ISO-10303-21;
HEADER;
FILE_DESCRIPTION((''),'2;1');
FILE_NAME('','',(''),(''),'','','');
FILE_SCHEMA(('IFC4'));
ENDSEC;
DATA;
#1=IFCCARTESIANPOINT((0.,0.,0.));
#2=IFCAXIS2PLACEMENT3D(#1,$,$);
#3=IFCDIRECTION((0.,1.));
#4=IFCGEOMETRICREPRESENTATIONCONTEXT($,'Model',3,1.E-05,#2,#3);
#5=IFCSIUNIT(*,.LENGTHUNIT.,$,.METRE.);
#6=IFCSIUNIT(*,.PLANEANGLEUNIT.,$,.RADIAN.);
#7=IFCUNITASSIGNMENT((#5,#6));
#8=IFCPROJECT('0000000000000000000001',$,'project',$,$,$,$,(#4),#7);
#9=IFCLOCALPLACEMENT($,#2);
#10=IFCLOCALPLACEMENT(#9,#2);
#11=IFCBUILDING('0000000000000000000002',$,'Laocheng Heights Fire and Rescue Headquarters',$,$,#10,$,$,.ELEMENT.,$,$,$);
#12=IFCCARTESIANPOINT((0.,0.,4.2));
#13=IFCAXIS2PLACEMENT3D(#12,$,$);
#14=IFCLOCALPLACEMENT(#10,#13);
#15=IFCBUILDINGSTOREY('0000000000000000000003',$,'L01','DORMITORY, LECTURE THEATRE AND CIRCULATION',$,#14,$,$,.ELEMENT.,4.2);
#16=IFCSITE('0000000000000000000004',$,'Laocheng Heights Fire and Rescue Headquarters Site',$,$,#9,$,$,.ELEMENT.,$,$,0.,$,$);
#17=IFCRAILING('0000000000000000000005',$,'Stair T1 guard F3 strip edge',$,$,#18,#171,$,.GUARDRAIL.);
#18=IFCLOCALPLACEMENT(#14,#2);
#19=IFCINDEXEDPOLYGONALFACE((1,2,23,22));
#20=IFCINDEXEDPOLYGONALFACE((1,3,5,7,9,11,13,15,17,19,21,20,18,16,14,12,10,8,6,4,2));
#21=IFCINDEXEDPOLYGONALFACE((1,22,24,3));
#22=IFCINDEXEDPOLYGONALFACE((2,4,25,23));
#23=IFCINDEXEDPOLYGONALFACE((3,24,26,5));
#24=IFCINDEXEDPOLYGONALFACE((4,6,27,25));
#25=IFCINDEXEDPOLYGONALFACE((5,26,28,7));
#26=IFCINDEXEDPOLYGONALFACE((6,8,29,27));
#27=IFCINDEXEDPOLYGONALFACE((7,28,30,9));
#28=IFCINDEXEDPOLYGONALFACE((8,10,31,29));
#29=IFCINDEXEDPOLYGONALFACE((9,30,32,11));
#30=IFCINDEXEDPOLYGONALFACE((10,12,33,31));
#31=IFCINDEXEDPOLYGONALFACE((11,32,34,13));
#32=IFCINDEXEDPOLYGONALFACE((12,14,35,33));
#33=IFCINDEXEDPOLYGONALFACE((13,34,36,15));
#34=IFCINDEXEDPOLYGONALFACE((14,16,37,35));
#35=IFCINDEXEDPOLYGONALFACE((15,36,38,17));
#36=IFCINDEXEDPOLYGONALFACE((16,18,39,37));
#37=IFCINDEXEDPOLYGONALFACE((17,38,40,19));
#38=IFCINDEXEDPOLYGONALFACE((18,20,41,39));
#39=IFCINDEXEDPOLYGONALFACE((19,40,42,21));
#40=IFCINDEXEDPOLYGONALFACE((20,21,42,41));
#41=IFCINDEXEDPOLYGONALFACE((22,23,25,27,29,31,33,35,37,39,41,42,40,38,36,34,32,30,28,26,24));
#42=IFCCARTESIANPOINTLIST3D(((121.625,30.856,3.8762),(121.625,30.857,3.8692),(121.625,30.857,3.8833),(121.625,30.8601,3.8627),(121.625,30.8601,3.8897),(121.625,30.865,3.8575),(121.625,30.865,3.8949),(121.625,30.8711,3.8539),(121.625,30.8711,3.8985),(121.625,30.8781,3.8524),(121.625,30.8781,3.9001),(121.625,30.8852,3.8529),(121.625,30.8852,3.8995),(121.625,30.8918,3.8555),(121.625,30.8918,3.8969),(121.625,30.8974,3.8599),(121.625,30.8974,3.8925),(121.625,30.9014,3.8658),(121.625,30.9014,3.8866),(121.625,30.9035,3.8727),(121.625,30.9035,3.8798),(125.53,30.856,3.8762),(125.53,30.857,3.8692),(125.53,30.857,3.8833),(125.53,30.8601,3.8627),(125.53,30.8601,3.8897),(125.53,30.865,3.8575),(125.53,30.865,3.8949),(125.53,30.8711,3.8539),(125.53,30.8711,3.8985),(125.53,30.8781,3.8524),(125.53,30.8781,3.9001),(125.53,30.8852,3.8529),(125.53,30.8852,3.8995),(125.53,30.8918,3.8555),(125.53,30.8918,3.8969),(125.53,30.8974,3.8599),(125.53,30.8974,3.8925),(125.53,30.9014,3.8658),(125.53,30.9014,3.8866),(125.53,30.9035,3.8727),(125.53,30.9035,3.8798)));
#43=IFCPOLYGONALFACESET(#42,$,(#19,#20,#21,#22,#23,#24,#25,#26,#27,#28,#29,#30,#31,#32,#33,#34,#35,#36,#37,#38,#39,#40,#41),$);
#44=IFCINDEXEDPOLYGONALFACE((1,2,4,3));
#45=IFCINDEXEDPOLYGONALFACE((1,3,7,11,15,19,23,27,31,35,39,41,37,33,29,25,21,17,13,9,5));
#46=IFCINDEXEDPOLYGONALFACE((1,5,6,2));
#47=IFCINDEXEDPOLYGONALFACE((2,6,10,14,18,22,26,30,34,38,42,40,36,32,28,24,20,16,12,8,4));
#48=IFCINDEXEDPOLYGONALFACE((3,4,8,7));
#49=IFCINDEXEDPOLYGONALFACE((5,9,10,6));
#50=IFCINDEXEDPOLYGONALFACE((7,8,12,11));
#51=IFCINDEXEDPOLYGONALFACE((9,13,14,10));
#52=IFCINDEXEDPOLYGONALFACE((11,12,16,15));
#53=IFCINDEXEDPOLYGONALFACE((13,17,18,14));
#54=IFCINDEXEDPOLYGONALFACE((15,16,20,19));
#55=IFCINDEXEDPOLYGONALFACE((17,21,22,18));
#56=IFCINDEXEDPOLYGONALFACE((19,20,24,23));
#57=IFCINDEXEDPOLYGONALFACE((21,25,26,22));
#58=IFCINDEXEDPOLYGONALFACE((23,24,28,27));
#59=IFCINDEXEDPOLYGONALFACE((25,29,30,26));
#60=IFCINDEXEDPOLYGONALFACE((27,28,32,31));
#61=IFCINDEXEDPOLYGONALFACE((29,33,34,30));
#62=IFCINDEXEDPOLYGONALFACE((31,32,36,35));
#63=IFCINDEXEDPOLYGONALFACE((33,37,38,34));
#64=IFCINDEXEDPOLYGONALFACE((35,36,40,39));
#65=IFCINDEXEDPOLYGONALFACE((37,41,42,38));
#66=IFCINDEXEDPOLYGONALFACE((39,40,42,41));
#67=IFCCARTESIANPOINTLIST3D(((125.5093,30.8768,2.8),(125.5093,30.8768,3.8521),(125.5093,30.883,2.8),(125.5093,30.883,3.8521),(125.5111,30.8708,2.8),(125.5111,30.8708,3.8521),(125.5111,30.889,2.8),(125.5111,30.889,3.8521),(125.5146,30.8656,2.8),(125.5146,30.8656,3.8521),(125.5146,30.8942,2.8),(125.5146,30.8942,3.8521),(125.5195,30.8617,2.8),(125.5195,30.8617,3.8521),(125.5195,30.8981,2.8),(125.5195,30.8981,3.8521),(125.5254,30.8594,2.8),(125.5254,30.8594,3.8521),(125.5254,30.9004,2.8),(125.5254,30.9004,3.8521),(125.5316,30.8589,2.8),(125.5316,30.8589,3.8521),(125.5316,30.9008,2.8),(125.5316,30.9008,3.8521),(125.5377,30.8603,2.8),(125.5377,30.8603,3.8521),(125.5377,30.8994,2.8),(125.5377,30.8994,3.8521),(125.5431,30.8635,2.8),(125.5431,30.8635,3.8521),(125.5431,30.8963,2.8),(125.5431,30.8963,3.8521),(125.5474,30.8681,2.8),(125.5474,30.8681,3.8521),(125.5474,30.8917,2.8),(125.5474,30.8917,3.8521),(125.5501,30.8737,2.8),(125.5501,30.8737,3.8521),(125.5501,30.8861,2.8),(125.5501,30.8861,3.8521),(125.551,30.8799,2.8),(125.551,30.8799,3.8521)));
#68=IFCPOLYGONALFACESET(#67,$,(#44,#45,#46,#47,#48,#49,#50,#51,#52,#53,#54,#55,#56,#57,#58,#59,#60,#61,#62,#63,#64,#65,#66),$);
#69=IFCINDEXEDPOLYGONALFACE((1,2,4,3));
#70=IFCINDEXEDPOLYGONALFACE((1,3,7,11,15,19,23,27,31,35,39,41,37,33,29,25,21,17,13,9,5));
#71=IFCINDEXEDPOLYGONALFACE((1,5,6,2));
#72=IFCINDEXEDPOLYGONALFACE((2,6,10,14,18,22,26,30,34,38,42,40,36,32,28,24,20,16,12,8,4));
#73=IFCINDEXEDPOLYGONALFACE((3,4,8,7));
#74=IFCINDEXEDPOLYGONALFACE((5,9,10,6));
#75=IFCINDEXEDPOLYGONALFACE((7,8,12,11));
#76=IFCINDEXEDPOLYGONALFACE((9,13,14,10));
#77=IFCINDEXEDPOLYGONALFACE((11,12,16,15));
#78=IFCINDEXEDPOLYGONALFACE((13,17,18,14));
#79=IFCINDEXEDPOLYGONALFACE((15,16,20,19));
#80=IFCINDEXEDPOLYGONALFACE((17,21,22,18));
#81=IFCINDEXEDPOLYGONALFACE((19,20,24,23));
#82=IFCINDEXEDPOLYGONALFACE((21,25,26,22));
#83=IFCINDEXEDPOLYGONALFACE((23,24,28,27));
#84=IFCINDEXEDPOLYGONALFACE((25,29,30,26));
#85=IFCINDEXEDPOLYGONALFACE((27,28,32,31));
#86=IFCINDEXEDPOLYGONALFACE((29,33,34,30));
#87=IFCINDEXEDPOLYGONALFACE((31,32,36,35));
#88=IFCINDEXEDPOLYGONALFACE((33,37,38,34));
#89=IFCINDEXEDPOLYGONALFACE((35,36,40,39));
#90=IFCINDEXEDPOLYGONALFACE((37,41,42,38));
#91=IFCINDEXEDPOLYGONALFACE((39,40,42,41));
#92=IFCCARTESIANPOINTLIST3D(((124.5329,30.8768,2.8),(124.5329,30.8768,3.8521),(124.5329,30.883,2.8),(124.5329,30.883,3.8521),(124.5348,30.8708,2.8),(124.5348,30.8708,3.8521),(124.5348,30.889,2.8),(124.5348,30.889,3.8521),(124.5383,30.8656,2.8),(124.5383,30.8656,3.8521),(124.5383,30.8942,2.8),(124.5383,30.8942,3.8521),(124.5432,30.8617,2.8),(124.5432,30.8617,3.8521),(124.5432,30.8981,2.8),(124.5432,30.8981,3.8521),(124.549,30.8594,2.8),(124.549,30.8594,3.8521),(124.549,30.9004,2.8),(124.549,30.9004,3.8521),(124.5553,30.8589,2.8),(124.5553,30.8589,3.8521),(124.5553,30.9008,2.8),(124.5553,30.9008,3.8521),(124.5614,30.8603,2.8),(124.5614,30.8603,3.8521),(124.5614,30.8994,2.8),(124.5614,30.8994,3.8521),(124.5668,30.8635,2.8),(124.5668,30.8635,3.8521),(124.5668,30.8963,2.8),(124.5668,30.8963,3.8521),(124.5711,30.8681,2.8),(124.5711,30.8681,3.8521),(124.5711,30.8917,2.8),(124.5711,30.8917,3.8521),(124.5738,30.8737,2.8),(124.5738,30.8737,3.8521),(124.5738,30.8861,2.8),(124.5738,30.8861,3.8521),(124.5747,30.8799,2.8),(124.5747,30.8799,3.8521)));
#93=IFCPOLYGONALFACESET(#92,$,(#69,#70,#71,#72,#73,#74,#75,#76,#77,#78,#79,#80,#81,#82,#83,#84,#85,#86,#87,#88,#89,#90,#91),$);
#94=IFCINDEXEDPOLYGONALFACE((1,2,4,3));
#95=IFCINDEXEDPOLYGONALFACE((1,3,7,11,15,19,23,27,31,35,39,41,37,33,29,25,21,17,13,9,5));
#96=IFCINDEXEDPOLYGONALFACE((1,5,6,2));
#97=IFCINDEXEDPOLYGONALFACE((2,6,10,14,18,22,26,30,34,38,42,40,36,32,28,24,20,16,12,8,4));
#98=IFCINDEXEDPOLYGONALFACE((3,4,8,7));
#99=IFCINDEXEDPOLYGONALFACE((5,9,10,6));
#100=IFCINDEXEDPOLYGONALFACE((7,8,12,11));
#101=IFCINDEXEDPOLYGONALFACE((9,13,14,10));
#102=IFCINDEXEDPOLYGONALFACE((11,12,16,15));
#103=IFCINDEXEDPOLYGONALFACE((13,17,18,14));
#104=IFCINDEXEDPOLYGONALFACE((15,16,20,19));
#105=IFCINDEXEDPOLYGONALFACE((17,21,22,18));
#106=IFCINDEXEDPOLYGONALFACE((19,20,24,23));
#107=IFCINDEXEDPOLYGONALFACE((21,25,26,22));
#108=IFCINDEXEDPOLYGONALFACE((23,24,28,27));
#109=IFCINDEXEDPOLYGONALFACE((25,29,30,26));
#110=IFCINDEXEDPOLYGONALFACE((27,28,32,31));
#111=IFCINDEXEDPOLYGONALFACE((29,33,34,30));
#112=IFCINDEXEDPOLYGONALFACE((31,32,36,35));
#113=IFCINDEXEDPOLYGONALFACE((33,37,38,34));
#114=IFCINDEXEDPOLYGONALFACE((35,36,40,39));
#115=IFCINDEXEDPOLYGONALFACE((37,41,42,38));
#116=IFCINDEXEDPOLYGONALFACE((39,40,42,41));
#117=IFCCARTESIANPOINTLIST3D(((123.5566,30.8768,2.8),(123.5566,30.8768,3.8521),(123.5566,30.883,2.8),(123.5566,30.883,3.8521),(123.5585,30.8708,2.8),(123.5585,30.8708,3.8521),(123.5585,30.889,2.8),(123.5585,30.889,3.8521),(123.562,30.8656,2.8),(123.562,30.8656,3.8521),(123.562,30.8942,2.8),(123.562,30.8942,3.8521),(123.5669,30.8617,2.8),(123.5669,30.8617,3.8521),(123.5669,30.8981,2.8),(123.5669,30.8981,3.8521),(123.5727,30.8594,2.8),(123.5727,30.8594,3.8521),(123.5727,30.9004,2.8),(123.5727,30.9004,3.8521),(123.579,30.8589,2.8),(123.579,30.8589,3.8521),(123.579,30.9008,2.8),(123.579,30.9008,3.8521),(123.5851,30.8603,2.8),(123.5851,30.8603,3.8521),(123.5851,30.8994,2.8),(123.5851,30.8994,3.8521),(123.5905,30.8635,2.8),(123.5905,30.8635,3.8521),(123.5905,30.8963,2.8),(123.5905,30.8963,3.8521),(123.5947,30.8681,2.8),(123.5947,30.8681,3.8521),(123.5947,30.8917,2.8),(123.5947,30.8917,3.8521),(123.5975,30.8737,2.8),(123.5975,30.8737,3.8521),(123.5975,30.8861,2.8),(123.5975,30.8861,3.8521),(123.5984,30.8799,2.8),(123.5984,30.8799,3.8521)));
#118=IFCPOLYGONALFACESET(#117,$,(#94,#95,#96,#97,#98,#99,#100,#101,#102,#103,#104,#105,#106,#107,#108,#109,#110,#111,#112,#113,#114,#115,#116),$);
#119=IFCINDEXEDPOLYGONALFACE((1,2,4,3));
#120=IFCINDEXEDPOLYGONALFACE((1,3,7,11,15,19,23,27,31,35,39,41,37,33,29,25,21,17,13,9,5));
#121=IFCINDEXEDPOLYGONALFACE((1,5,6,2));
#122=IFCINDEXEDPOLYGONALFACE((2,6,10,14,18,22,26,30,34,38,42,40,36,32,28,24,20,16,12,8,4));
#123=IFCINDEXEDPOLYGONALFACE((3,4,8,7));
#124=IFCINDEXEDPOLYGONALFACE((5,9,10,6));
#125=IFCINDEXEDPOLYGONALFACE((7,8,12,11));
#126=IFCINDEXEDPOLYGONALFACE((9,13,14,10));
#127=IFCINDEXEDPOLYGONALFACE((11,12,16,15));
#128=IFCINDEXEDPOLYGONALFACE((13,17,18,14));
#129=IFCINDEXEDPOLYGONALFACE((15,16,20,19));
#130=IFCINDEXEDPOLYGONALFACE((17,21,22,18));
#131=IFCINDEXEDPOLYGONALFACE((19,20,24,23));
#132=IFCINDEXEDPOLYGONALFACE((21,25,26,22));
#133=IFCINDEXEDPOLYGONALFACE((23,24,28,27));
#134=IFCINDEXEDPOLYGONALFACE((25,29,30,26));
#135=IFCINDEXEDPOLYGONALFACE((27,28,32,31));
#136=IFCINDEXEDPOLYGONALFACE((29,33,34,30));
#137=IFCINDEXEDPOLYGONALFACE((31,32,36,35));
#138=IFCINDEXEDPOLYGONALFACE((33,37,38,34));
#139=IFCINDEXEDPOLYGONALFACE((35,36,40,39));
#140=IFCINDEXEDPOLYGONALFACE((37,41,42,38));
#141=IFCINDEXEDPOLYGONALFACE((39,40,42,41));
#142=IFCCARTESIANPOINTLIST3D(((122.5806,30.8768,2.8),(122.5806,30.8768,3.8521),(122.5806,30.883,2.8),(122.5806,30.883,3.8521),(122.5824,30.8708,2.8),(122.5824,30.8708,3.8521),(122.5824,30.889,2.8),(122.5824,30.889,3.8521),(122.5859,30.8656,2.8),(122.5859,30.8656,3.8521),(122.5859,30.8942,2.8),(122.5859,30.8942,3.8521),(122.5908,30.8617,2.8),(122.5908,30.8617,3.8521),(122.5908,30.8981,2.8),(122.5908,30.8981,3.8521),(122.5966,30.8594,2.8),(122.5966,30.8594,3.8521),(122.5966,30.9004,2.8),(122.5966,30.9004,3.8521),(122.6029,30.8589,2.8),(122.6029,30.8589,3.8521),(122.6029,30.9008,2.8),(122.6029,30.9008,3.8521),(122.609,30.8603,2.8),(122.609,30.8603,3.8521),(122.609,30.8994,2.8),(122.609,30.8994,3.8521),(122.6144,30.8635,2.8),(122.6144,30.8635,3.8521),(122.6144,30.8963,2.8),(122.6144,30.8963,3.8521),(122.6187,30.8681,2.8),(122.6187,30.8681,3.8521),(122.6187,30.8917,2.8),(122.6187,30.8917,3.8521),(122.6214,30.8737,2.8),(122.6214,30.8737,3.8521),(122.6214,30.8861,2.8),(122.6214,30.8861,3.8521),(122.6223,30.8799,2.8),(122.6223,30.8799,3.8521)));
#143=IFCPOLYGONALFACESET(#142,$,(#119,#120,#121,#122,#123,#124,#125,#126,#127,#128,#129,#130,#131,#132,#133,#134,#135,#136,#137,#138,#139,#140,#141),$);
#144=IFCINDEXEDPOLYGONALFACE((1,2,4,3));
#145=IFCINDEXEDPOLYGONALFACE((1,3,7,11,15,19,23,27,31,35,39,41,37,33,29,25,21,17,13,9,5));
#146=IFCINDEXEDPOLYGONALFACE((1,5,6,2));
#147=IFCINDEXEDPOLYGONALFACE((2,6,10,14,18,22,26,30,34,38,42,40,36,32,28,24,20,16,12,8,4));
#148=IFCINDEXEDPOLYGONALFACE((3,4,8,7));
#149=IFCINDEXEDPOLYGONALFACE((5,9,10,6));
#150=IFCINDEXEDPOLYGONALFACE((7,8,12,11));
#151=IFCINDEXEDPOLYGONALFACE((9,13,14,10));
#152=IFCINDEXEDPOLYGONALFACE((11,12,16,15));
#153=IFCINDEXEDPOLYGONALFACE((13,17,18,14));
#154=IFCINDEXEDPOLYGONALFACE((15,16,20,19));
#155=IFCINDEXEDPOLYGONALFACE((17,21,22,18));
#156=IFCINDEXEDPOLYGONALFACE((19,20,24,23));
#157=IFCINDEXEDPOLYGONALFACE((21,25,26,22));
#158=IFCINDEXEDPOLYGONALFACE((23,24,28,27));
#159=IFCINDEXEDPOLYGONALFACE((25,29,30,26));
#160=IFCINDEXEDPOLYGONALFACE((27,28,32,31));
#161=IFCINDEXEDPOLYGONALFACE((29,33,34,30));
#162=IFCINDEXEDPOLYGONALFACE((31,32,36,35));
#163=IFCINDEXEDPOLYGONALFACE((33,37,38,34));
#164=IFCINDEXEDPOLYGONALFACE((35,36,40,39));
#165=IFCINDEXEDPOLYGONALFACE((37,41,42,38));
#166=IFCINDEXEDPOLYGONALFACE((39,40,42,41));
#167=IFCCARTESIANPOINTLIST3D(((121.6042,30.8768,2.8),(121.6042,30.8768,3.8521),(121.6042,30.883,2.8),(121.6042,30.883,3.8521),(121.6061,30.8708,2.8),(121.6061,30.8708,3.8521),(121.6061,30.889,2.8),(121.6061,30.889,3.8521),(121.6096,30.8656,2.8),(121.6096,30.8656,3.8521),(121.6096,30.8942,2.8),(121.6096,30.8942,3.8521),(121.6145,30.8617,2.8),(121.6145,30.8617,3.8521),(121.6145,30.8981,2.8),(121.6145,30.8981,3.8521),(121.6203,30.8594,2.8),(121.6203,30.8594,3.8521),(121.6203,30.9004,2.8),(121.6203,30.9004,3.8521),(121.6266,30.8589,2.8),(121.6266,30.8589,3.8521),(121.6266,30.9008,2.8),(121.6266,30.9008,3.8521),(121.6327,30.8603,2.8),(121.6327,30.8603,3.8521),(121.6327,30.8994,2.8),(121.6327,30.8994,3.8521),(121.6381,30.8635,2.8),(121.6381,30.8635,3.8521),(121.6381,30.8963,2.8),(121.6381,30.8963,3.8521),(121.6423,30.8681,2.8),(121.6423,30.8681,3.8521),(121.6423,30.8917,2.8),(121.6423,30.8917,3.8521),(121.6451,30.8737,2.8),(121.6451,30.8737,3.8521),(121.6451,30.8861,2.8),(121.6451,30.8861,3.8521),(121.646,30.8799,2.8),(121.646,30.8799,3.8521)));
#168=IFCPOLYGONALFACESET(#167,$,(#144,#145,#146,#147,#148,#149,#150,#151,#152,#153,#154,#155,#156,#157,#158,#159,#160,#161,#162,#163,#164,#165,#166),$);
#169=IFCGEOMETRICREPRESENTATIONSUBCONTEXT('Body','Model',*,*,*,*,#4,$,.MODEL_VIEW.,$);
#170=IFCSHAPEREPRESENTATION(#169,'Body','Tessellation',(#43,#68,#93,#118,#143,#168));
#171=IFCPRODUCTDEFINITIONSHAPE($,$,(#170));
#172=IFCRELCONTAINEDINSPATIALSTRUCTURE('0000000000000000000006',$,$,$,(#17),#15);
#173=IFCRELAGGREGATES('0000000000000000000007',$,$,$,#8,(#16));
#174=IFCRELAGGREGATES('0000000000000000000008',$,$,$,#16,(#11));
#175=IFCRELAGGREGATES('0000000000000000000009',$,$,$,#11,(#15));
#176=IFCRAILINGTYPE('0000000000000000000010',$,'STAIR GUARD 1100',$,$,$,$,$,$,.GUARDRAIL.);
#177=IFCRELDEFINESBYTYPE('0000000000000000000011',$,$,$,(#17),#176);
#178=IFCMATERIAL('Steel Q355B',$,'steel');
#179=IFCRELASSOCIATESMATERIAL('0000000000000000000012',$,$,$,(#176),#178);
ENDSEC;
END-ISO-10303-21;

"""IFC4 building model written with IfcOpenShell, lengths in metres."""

from ifc_helpers import new_model, si_unit, direction, frame, origin, origin_2d, place, context, subcontext, project, spatial, circle, extrude, material, type_object, element, save


model = new_model("IFC4")

# Units and contexts
model_context = context("Model", 3, precision=1e-05, world=origin(), true_north=direction((0.0, 1.0)))
body_context = subcontext(model_context, "Body", "Model", "MODEL_VIEW")
ifc_project = project(units=[si_unit("LENGTHUNIT", "METRE"), si_unit("PLANEANGLEUNIT", "RADIAN")], contexts=[model_context])

# Site, building, storey
site_placement = place(None, origin())
site = spatial("IfcSite", under=ifc_project, at=site_placement, Name="Laocheng Heights Fire and Rescue Headquarters Site", CompositionType="ELEMENT", RefElevation=0.0)
building_placement = place(site_placement, origin())
building = spatial("IfcBuilding", under=site, at=building_placement, Name="Laocheng Heights Fire and Rescue Headquarters", CompositionType="ELEMENT")
storey_placement = place(building_placement, frame((0.0, 0.0, 4.2)))
storey = spatial("IfcBuildingStorey", under=building, at=storey_placement, Name="L01", Description="DORMITORY, LECTURE THEATRE AND CIRCULATION", CompositionType="ELEMENT", Elevation=4.2)

# Railing
ifc_material_1 = material(Name="Steel Q355B", Category="steel")
railing_type_1 = type_object("IfcRailingType", Name="STAIR GUARD 1100", PredefinedType="GUARDRAIL", material=ifc_material_1)
railing_1_placement = place(storey_placement, frame((125.53, 30.8799, 2.8)))
element("IfcRailing", 1, at=railing_1_placement, inside=storey, type_object=railing_type_1, Name="Stair T1 guard F3 strip edge", PredefinedType="GUARDRAIL", context=body_context, shape_type="SweptSolid", body=[
    extrude(circle(Radius=0.0239, at=origin_2d()), frame((0.0, 0.0, 1.0762), z_axis=(-1.0, 0.0, 0.0), x_axis=(0.0, -1.0, 0.0)), (0.0, 0.0, 1.0), 3.905),
    extrude(circle(Radius=0.021, at=origin_2d()), origin(), (0.0, 0.0, 1.0), 1.052),
    extrude(circle(Radius=0.021, at=origin_2d()), frame((-0.9763, 0.0, 0.0)), (0.0, 0.0, 1.0), 1.052),
    extrude(circle(Radius=0.021, at=origin_2d()), frame((-1.9526, 0.0, 0.0)), (0.0, 0.0, 1.0), 1.052),
    extrude(circle(Radius=0.021, at=origin_2d()), frame((-2.9287, 0.0, 0.0)), (0.0, 0.0, 1.0), 1.052),
    extrude(circle(Radius=0.021, at=origin_2d()), frame((-3.905, 0.0, 0.0)), (0.0, 0.0, 1.0), 1.052),
])

save(model, "model.ifc")
